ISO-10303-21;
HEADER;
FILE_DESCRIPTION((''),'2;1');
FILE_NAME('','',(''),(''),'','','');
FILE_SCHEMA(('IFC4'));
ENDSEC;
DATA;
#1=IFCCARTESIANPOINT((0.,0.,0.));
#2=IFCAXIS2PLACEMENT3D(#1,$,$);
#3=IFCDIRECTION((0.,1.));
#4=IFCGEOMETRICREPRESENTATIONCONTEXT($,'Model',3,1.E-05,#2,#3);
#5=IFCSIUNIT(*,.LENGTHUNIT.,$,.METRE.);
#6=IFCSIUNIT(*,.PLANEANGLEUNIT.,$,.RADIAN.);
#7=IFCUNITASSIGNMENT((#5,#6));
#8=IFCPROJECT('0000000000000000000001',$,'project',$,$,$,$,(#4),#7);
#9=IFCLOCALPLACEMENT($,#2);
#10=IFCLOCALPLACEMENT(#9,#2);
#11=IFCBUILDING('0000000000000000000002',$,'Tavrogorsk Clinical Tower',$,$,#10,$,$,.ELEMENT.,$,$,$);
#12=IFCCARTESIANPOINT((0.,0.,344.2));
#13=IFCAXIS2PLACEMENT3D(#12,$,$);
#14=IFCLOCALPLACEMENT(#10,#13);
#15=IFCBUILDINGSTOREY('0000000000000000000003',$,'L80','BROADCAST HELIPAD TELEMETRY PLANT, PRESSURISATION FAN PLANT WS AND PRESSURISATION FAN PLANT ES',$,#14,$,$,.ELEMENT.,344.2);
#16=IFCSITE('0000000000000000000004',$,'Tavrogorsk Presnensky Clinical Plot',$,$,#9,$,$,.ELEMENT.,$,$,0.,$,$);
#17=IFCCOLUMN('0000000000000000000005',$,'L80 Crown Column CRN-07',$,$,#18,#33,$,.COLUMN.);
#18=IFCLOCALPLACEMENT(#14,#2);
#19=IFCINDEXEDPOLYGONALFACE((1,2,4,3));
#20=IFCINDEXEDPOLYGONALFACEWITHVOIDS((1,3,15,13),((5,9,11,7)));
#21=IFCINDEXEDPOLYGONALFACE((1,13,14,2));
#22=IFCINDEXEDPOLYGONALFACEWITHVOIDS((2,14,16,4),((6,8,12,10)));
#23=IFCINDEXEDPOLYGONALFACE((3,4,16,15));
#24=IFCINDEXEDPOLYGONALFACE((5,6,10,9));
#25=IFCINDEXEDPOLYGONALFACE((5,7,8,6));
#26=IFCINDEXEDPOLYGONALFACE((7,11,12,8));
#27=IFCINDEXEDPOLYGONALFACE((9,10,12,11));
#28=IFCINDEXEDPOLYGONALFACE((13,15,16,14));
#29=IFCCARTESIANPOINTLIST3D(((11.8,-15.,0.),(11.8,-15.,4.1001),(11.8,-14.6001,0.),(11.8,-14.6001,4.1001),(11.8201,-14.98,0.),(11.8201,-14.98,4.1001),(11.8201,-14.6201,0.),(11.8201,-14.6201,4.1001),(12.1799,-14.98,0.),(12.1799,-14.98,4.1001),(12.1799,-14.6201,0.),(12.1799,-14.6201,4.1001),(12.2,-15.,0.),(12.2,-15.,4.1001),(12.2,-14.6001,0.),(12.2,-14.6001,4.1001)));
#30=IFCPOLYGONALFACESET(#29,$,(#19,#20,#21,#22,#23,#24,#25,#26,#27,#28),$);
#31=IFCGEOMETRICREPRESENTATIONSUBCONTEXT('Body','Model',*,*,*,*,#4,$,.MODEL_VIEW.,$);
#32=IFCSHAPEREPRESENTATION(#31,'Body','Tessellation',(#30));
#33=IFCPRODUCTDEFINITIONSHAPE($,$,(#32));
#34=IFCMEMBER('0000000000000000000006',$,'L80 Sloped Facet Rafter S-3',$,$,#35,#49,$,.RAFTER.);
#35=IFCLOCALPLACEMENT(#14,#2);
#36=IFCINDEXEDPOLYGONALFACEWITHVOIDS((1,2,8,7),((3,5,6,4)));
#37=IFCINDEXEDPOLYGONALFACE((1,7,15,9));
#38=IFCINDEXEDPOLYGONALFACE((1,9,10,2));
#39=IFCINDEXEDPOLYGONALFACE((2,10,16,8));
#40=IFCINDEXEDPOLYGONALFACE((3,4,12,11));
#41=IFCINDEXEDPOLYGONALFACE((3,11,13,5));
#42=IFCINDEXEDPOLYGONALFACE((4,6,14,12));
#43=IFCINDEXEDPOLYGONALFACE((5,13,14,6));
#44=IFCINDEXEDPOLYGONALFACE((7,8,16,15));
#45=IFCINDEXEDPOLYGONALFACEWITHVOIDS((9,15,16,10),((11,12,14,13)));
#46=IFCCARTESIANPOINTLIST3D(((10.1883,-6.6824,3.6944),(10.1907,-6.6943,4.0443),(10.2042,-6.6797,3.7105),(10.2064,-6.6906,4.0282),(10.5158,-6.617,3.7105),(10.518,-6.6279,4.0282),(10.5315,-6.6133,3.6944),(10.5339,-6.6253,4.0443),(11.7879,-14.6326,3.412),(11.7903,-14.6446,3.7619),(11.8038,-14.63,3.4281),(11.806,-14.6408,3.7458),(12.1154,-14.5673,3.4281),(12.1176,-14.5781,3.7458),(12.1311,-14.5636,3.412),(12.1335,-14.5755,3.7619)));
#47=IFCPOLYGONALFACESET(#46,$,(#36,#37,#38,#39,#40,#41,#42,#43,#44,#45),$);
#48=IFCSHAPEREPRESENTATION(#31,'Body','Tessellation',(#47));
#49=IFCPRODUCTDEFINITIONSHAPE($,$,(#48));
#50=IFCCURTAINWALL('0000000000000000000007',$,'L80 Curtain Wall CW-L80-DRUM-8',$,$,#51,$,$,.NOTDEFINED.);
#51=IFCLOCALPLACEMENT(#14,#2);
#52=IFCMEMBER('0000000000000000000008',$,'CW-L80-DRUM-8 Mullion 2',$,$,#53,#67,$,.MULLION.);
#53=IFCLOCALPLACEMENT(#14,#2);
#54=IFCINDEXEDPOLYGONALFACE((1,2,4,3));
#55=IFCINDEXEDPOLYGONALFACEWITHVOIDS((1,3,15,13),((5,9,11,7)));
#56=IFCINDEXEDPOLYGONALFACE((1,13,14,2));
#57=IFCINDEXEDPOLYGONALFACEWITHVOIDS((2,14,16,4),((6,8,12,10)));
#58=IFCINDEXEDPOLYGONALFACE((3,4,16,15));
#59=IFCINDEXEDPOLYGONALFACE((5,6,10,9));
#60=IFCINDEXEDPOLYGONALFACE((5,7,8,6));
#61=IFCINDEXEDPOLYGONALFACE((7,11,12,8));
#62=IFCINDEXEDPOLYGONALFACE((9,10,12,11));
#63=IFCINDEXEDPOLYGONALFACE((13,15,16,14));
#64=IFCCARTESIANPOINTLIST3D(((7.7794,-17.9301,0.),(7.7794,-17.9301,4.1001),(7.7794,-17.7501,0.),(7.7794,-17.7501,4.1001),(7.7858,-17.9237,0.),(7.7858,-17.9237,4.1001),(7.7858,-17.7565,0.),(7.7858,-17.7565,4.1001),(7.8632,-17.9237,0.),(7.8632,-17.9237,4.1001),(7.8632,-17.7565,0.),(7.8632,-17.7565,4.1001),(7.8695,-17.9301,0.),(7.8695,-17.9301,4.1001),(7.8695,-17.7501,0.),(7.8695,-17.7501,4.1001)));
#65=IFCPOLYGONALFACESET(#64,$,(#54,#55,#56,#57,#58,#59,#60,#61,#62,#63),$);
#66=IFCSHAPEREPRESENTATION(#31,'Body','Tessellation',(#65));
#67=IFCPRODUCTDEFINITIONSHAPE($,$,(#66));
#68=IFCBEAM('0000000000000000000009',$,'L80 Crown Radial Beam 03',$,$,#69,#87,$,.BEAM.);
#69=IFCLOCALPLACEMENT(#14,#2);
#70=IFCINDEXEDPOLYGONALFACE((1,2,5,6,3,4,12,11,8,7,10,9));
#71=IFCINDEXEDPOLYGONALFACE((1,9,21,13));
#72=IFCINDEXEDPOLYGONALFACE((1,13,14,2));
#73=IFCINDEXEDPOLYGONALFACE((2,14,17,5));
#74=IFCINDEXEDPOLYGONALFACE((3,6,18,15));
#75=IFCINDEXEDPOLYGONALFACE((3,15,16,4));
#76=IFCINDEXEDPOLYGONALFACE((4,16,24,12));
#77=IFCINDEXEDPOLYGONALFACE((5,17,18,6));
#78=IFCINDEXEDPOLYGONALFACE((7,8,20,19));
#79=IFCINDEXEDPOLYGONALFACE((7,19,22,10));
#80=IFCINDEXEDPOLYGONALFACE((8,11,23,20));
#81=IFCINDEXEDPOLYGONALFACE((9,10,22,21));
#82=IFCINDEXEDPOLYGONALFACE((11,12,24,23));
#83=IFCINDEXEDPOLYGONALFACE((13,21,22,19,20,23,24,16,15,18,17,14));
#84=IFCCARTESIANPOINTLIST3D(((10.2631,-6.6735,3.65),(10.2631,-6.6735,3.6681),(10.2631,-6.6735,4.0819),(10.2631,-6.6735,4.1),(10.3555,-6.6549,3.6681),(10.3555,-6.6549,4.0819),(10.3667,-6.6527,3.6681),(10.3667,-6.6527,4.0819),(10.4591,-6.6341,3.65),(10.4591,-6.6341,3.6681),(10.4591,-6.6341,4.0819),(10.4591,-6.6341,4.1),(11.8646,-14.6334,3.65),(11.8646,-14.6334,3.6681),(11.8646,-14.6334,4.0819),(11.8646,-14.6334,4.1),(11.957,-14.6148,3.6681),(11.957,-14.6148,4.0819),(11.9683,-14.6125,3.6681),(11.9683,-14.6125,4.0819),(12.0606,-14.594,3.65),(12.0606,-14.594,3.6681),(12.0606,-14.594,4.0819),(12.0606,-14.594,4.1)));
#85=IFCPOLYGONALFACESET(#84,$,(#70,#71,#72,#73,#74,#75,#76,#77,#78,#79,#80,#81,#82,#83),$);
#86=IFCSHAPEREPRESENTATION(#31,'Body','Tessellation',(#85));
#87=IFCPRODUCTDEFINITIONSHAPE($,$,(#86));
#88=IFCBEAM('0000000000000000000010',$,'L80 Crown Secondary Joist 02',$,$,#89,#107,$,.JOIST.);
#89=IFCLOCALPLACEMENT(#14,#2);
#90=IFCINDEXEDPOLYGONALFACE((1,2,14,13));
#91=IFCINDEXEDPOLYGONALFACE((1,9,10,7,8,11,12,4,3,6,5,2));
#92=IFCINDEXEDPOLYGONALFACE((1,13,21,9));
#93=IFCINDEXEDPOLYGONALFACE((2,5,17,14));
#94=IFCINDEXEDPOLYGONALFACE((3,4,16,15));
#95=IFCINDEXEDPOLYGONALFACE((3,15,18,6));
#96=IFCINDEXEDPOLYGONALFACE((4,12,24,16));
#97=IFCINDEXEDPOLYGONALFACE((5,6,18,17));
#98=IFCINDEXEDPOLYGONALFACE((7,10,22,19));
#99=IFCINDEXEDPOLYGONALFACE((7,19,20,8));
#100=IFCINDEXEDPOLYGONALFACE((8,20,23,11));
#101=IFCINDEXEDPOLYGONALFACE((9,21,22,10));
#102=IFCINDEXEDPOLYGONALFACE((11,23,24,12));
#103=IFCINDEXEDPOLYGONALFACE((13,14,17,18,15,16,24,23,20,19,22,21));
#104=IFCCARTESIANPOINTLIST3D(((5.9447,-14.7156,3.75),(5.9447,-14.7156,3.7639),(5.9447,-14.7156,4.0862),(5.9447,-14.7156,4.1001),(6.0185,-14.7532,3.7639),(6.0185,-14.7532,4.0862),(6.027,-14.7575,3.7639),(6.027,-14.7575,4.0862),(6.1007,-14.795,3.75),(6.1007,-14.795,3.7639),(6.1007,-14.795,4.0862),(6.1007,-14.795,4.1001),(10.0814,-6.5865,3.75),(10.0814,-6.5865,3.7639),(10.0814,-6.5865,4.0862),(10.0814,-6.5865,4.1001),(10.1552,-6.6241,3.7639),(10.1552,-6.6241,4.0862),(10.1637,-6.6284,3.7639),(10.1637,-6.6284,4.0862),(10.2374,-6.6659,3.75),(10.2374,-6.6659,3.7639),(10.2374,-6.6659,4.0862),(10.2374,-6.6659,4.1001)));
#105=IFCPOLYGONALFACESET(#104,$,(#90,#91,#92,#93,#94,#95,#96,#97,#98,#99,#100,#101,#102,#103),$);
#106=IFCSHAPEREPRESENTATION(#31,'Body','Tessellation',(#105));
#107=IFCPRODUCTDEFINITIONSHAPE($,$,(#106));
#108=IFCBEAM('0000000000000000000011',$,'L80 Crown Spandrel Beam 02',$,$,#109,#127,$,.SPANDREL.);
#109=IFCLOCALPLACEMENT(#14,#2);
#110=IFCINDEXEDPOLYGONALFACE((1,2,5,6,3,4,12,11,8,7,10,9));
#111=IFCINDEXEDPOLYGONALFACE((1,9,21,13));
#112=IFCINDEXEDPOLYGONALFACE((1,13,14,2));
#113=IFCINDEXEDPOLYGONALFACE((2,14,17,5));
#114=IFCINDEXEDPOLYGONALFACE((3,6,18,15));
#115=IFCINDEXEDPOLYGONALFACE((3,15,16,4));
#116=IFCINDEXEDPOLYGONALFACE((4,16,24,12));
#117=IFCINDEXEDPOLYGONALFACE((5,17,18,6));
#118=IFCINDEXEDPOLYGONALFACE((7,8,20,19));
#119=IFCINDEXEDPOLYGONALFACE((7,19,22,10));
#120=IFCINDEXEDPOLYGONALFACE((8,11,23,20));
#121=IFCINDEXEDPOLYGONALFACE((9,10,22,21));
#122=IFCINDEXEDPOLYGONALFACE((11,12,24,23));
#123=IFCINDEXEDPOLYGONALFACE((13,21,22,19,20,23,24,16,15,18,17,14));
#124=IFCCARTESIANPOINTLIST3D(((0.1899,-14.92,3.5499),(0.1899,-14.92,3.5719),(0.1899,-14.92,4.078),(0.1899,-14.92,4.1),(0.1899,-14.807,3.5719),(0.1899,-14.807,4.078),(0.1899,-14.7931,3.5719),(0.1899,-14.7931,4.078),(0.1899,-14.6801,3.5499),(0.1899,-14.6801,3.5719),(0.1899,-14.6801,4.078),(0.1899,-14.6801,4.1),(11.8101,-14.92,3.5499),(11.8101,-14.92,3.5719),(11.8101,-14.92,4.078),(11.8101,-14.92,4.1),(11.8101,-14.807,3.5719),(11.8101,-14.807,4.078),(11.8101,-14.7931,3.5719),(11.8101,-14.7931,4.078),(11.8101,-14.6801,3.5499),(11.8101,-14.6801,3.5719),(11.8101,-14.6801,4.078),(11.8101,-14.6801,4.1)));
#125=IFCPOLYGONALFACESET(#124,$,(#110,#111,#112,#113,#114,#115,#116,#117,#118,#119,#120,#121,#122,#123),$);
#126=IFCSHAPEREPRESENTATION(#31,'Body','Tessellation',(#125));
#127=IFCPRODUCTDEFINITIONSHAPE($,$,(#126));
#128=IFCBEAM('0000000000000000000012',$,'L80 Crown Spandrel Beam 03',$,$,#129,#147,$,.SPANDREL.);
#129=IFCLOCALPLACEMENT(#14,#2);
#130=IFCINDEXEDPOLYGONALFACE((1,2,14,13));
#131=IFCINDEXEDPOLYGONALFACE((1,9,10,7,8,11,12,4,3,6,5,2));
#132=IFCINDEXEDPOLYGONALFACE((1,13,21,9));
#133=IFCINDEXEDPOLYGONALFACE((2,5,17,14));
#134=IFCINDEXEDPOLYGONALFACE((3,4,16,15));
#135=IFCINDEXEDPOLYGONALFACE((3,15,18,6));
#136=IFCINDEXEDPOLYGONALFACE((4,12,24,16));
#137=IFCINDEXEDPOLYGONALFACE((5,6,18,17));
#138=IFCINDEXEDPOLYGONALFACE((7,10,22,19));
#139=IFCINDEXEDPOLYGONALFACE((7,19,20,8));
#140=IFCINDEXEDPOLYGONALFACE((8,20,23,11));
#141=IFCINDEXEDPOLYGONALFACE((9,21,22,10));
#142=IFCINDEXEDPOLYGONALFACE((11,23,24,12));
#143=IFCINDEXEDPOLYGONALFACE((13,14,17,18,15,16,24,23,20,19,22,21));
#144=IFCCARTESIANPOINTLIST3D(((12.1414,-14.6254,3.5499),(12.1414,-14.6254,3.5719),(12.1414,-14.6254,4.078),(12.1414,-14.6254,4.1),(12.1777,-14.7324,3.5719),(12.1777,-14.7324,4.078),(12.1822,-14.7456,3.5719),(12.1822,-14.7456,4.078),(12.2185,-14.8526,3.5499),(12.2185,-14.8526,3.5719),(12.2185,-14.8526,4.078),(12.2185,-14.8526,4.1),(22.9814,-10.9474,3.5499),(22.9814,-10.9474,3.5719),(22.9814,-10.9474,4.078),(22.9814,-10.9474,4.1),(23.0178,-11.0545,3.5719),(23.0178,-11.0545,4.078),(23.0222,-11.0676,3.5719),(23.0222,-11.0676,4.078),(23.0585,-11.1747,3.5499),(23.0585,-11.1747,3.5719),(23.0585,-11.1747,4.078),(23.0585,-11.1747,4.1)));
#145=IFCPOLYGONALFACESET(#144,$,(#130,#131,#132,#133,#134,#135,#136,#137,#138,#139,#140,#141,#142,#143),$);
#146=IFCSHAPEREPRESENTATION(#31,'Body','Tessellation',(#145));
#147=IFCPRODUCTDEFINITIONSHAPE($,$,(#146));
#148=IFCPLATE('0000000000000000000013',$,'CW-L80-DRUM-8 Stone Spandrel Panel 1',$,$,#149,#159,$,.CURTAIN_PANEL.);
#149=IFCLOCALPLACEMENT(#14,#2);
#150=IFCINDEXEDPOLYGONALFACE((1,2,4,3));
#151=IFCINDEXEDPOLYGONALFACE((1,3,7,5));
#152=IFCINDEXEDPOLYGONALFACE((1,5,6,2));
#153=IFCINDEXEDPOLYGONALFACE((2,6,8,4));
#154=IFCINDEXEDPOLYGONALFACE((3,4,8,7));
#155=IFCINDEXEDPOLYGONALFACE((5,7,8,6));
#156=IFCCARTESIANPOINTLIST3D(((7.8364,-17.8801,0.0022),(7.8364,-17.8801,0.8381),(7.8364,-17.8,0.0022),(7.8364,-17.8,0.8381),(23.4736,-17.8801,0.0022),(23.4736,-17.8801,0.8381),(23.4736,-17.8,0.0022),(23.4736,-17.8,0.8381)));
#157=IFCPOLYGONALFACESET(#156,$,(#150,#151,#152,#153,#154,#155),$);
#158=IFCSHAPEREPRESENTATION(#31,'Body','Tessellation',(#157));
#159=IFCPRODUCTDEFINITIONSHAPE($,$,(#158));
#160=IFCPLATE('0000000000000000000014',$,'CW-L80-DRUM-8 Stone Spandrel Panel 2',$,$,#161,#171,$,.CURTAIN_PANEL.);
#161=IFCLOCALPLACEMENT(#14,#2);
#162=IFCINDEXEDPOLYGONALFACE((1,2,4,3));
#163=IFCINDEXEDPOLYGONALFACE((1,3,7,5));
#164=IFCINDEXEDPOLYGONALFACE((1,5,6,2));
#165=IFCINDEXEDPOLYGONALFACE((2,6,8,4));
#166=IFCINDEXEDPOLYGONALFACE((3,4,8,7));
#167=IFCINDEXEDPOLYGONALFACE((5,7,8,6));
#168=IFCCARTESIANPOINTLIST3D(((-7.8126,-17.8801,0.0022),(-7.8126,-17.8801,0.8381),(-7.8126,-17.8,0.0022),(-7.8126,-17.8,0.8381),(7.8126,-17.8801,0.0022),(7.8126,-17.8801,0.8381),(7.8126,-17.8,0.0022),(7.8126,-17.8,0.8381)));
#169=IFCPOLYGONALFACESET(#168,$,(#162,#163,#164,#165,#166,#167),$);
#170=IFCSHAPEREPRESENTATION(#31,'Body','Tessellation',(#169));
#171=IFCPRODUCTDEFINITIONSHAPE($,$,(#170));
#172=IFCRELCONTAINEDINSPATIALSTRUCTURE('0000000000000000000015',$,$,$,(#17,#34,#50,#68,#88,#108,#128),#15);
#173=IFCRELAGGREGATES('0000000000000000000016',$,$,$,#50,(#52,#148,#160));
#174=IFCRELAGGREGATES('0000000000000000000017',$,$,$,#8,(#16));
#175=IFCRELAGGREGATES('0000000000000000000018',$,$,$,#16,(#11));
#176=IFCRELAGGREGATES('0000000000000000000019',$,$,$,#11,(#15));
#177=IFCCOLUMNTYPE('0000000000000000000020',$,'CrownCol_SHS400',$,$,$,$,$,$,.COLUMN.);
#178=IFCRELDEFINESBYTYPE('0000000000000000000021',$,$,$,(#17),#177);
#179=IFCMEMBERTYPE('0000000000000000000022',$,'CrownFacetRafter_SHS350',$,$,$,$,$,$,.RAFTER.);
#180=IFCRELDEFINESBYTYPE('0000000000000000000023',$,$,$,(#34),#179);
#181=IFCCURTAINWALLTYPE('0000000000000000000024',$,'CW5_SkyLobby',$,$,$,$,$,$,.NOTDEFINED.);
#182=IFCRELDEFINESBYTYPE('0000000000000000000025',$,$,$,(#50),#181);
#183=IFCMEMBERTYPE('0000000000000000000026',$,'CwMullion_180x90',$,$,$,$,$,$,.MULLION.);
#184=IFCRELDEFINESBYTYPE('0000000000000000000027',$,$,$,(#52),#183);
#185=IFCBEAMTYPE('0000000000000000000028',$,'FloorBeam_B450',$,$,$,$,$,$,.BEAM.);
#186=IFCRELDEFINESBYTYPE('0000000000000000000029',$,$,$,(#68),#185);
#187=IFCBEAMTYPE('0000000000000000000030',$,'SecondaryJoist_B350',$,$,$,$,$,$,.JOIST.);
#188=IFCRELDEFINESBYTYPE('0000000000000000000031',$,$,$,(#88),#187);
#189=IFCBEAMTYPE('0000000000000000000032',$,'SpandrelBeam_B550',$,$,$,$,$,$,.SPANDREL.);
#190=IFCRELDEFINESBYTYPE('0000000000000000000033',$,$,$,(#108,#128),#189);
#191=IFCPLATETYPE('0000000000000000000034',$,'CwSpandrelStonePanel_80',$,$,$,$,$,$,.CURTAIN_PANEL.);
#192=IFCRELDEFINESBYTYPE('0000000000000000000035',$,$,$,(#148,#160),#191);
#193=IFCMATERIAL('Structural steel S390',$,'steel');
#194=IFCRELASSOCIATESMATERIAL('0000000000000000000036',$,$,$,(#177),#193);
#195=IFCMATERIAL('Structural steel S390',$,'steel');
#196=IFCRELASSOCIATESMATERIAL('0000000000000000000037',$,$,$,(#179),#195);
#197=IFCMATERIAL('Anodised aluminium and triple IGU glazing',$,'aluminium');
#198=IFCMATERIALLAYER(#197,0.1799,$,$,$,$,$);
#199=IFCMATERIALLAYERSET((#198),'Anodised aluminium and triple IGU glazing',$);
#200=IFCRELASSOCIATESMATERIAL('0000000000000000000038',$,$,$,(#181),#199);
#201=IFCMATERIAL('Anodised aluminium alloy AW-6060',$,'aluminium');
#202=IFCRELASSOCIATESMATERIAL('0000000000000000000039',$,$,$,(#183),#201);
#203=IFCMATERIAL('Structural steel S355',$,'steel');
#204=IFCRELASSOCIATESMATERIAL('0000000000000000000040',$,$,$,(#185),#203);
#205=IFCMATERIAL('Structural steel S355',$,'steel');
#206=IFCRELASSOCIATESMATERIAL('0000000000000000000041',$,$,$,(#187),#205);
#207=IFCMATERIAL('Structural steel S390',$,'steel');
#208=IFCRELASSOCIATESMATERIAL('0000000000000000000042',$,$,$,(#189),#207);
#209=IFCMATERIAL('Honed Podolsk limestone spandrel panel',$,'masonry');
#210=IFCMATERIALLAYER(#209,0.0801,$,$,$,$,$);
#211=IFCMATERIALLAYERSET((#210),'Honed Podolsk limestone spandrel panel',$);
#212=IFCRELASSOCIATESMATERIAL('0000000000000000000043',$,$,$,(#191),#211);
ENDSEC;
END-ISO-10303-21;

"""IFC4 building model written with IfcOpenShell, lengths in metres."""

from ifc_helpers import new_model, si_unit, direction, frame, origin, origin_2d, place, context, subcontext, project, spatial, rectangle, hollow_rectangle, i_section, extrude, material, layer, layer_set, material_profile, profile_set, type_object, element, aggregate, save


model = new_model("IFC4")

# Units and contexts
model_context = context("Model", 3, precision=1e-05, world=origin(), true_north=direction((0.0, 1.0)))
body_context = subcontext(model_context, "Body", "Model", "MODEL_VIEW")
ifc_project = project(units=[si_unit("LENGTHUNIT", "METRE"), si_unit("PLANEANGLEUNIT", "RADIAN")], contexts=[model_context])

# Site, building, storey
site_placement = place(None, origin())
site = spatial("IfcSite", under=ifc_project, at=site_placement, Name="Tavrogorsk Presnensky Clinical Plot", CompositionType="ELEMENT", RefElevation=0.0)
building_placement = place(site_placement, origin())
building = spatial("IfcBuilding", under=site, at=building_placement, Name="Tavrogorsk Clinical Tower", CompositionType="ELEMENT")
storey_placement = place(building_placement, frame((0.0, 0.0, 344.2)))
storey = spatial("IfcBuildingStorey", under=building, at=storey_placement, Name="L80", Description="BROADCAST HELIPAD TELEMETRY PLANT, PRESSURISATION FAN PLANT WS AND PRESSURISATION FAN PLANT ES", CompositionType="ELEMENT", Elevation=344.2)

# Column
ifc_material_1 = material(Name="Structural steel S390", Category="steel")
ifc_material_profile_1 = material_profile(ifc_material_1, hollow_rectangle(XDim=0.3999, YDim=0.3999, WallThickness=0.02, at=origin_2d()), Name="SHS-400x400x20")
ifc_profile_set_1 = profile_set([ifc_material_profile_1], Name="Structural steel S390")
column_type = type_object("IfcColumnType", Name="CrownCol_SHS400", PredefinedType="COLUMN", material=ifc_profile_set_1)
column_placement = place(storey_placement, frame((12.0, -14.8, 0.0), z_axis=(0.0, 0.0, 1.0), x_axis=(1.0, 0.0, 0.0)))
element("IfcColumn", 1, at=column_placement, inside=storey, type_object=column_type, Name="L80 Crown Column CRN-07", PredefinedType="COLUMN", context=body_context, shape_type="SweptSolid", body=[
    extrude(hollow_rectangle(XDim=0.3999, YDim=0.3999, WallThickness=0.02, at=origin_2d()), origin(), (0.0, 0.0, 1.0), 4.1001),
])

# Member
ifc_material_2 = material(Name="Structural steel S390", Category="steel")
ifc_material_profile_2 = material_profile(ifc_material_2, hollow_rectangle(XDim=0.3501, YDim=0.3501, WallThickness=0.0161, at=origin_2d()), Name="SHS-350x350x16")
ifc_profile_set_2 = profile_set([ifc_material_profile_2], Name="Structural steel S390")
member_type_1 = type_object("IfcMemberType", Name="CrownFacetRafter_SHS350", PredefinedType="RAFTER", material=ifc_profile_set_2)
member_1_placement = place(storey_placement, frame((10.3611, -6.6538, 3.8694), z_axis=(0.197131, -0.979759, -0.034811), x_axis=(0.980353, 0.197251, 0.0)))
element("IfcMember", 2, at=member_1_placement, inside=storey, type_object=member_type_1, Name="L80 Sloped Facet Rafter S-3", PredefinedType="RAFTER", context=body_context, shape_type="SweptSolid", body=[
    extrude(hollow_rectangle(XDim=0.3501, YDim=0.3501, WallThickness=0.0161, at=origin_2d()), origin(), (0.0, 0.0, 1.0), 8.1145),
])

# Curtain wall, member
ifc_material_3 = material(Name="Anodised aluminium and triple IGU glazing", Category="aluminium")
ifc_layer_1 = layer(ifc_material_3, 0.1799)
ifc_layer_set_1 = layer_set([ifc_layer_1], Name="Anodised aluminium and triple IGU glazing")
curtain_wall_type = type_object("IfcCurtainWallType", Name="CW5_SkyLobby", PredefinedType="NOTDEFINED", material=ifc_layer_set_1)
curtain_wall_placement = place(storey_placement, origin())
curtain_wall = element("IfcCurtainWall", 3, at=curtain_wall_placement, inside=storey, type_object=curtain_wall_type, Name="L80 Curtain Wall CW-L80-DRUM-8", PredefinedType="NOTDEFINED")
ifc_material_4 = material(Name="Anodised aluminium alloy AW-6060", Category="aluminium")
ifc_material_profile_3 = material_profile(ifc_material_4, hollow_rectangle(XDim=0.0901, YDim=0.1799, WallThickness=0.0063, at=origin_2d()), Name="RHS-180x90x6.3")
ifc_profile_set_3 = profile_set([ifc_material_profile_3], Name="Anodised aluminium alloy AW-6060")
member_type_2 = type_object("IfcMemberType", Name="CwMullion_180x90", PredefinedType="MULLION", material=ifc_profile_set_3)
member_2_placement = place(storey_placement, frame((7.8245, -17.8401, 0.0), z_axis=(0.0, 0.0, 1.0), x_axis=(-1.0, 0.0, 0.0)))
member_2 = element("IfcMember", 4, at=member_2_placement, type_object=member_type_2, Name="CW-L80-DRUM-8 Mullion 2", PredefinedType="MULLION", context=body_context, shape_type="SweptSolid", body=[
    extrude(hollow_rectangle(XDim=0.0901, YDim=0.1799, WallThickness=0.0063, at=origin_2d()), origin(), (0.0, 0.0, 1.0), 4.1001),
])

# Beams
ifc_material_5 = material(Name="Structural steel S355", Category="steel")
ifc_material_profile_4 = material_profile(ifc_material_5, i_section(OverallWidth=0.2, OverallDepth=0.45, WebThickness=0.0115, FlangeThickness=0.0181, at=origin_2d()), Name="B-450x200x11.5x18")
ifc_profile_set_4 = profile_set([ifc_material_profile_4], Name="Structural steel S355")
beam_type_1 = type_object("IfcBeamType", Name="FloorBeam_B450", PredefinedType="BEAM", material=ifc_profile_set_4)
beam_1_placement = place(storey_placement, frame((10.3611, -6.6538, 3.875), z_axis=(0.197249, -0.980353, 0.0), x_axis=(0.980353, 0.197249, 0.0)))
element("IfcBeam", 5, at=beam_1_placement, inside=storey, type_object=beam_type_1, Name="L80 Crown Radial Beam 03", PredefinedType="BEAM", context=body_context, shape_type="SweptSolid", body=[
    extrude(i_section(OverallWidth=0.2, OverallDepth=0.45, WebThickness=0.0115, FlangeThickness=0.0181, at=origin_2d()), origin(), (0.0, 0.0, 1.0), 8.1194),
])
ifc_material_6 = material(Name="Structural steel S355", Category="steel")
ifc_material_profile_5 = material_profile(ifc_material_6, i_section(OverallWidth=0.175, OverallDepth=0.3501, WebThickness=0.0095, FlangeThickness=0.0139, at=origin_2d()), Name="B-350x175x9.5x14")
ifc_profile_set_5 = profile_set([ifc_material_profile_5], Name="Structural steel S355")
beam_type_2 = type_object("IfcBeamType", Name="SecondaryJoist_B350", PredefinedType="JOIST", material=ifc_profile_set_5)
beam_2_placement = place(storey_placement, frame((10.1594, -6.6262, 3.925), z_axis=(-0.45353, -0.891241, 0.0), x_axis=(0.891241, -0.45353, 0.0)))
element("IfcBeam", 6, at=beam_2_placement, inside=storey, type_object=beam_type_2, Name="L80 Crown Secondary Joist 02", PredefinedType="JOIST", context=body_context, shape_type="SweptSolid", body=[
    extrude(i_section(OverallWidth=0.175, OverallDepth=0.3501, WebThickness=0.0095, FlangeThickness=0.0139, at=origin_2d()), origin(), (0.0, 0.0, 1.0), 9.1211),
])
ifc_material_7 = material(Name="Structural steel S390", Category="steel")
ifc_material_profile_6 = material_profile(ifc_material_7, i_section(OverallWidth=0.24, OverallDepth=0.55, WebThickness=0.0139, FlangeThickness=0.022, at=origin_2d()), Name="B-550x240x14x22")
ifc_profile_set_6 = profile_set([ifc_material_profile_6], Name="Structural steel S390")
beam_type_3 = type_object("IfcBeamType", Name="SpandrelBeam_B550", PredefinedType="SPANDREL", material=ifc_profile_set_6)
beam_3_placement = place(storey_placement, frame((0.1899, -14.8, 3.825), z_axis=(1.0, 0.0, 0.0), x_axis=(0.0, 1.0, 0.0)))
element("IfcBeam", 7, at=beam_3_placement, inside=storey, type_object=beam_type_3, Name="L80 Crown Spandrel Beam 02", PredefinedType="SPANDREL", context=body_context, shape_type="SweptSolid", body=[
    extrude(i_section(OverallWidth=0.24, OverallDepth=0.55, WebThickness=0.0139, FlangeThickness=0.022, at=origin_2d()), origin(), (0.0, 0.0, 1.0), 11.6201),
])
beam_4_placement = place(storey_placement, frame((12.1799, -14.739, 3.825), z_axis=(0.946976, 0.321304, 0.0), x_axis=(-0.321304, 0.946976, 0.0)))
element("IfcBeam", 8, at=beam_4_placement, inside=storey, type_object=beam_type_3, Name="L80 Crown Spandrel Beam 03", PredefinedType="SPANDREL", context=body_context, shape_type="SweptSolid", body=[
    extrude(i_section(OverallWidth=0.24, OverallDepth=0.55, WebThickness=0.0139, FlangeThickness=0.022, at=origin_2d()), origin(), (0.0, 0.0, 1.0), 11.447),
])

# Plates
ifc_material_8 = material(Name="Honed Podolsk limestone spandrel panel", Category="masonry")
ifc_layer_2 = layer(ifc_material_8, 0.0801)
ifc_layer_set_2 = layer_set([ifc_layer_2], Name="Honed Podolsk limestone spandrel panel")
plate_type_1 = type_object("IfcPlateType", Name="CwSpandrelStonePanel_80", PredefinedType="CURTAIN_PANEL", material=ifc_layer_set_2)
plate_1_placement = place(storey_placement, frame((15.655, -17.8401, 0.0022), z_axis=(0.0, 0.0, 1.0), x_axis=(-1.0, 0.0, 0.0)))
plate_1 = element("IfcPlate", 9, at=plate_1_placement, type_object=plate_type_1, Name="CW-L80-DRUM-8 Stone Spandrel Panel 1", PredefinedType="CURTAIN_PANEL", context=body_context, shape_type="SweptSolid", body=[
    extrude(rectangle(XDim=15.6372, YDim=0.0801, at=origin_2d()), origin(), (0.0, 0.0, 1.0), 0.8359),
])
plate_2_placement = place(storey_placement, frame((0.0, -17.8401, 0.0022), z_axis=(0.0, 0.0, 1.0), x_axis=(-1.0, 0.0, 0.0)))
plate_2 = element("IfcPlate", 10, at=plate_2_placement, type_object=plate_type_1, Name="CW-L80-DRUM-8 Stone Spandrel Panel 2", PredefinedType="CURTAIN_PANEL", context=body_context, shape_type="SweptSolid", body=[
    extrude(rectangle(XDim=15.6252, YDim=0.0801, at=origin_2d()), origin(), (0.0, 0.0, 1.0), 0.8359),
])
aggregate(curtain_wall, [member_2, plate_1, plate_2])

save(model, "model.ifc")
